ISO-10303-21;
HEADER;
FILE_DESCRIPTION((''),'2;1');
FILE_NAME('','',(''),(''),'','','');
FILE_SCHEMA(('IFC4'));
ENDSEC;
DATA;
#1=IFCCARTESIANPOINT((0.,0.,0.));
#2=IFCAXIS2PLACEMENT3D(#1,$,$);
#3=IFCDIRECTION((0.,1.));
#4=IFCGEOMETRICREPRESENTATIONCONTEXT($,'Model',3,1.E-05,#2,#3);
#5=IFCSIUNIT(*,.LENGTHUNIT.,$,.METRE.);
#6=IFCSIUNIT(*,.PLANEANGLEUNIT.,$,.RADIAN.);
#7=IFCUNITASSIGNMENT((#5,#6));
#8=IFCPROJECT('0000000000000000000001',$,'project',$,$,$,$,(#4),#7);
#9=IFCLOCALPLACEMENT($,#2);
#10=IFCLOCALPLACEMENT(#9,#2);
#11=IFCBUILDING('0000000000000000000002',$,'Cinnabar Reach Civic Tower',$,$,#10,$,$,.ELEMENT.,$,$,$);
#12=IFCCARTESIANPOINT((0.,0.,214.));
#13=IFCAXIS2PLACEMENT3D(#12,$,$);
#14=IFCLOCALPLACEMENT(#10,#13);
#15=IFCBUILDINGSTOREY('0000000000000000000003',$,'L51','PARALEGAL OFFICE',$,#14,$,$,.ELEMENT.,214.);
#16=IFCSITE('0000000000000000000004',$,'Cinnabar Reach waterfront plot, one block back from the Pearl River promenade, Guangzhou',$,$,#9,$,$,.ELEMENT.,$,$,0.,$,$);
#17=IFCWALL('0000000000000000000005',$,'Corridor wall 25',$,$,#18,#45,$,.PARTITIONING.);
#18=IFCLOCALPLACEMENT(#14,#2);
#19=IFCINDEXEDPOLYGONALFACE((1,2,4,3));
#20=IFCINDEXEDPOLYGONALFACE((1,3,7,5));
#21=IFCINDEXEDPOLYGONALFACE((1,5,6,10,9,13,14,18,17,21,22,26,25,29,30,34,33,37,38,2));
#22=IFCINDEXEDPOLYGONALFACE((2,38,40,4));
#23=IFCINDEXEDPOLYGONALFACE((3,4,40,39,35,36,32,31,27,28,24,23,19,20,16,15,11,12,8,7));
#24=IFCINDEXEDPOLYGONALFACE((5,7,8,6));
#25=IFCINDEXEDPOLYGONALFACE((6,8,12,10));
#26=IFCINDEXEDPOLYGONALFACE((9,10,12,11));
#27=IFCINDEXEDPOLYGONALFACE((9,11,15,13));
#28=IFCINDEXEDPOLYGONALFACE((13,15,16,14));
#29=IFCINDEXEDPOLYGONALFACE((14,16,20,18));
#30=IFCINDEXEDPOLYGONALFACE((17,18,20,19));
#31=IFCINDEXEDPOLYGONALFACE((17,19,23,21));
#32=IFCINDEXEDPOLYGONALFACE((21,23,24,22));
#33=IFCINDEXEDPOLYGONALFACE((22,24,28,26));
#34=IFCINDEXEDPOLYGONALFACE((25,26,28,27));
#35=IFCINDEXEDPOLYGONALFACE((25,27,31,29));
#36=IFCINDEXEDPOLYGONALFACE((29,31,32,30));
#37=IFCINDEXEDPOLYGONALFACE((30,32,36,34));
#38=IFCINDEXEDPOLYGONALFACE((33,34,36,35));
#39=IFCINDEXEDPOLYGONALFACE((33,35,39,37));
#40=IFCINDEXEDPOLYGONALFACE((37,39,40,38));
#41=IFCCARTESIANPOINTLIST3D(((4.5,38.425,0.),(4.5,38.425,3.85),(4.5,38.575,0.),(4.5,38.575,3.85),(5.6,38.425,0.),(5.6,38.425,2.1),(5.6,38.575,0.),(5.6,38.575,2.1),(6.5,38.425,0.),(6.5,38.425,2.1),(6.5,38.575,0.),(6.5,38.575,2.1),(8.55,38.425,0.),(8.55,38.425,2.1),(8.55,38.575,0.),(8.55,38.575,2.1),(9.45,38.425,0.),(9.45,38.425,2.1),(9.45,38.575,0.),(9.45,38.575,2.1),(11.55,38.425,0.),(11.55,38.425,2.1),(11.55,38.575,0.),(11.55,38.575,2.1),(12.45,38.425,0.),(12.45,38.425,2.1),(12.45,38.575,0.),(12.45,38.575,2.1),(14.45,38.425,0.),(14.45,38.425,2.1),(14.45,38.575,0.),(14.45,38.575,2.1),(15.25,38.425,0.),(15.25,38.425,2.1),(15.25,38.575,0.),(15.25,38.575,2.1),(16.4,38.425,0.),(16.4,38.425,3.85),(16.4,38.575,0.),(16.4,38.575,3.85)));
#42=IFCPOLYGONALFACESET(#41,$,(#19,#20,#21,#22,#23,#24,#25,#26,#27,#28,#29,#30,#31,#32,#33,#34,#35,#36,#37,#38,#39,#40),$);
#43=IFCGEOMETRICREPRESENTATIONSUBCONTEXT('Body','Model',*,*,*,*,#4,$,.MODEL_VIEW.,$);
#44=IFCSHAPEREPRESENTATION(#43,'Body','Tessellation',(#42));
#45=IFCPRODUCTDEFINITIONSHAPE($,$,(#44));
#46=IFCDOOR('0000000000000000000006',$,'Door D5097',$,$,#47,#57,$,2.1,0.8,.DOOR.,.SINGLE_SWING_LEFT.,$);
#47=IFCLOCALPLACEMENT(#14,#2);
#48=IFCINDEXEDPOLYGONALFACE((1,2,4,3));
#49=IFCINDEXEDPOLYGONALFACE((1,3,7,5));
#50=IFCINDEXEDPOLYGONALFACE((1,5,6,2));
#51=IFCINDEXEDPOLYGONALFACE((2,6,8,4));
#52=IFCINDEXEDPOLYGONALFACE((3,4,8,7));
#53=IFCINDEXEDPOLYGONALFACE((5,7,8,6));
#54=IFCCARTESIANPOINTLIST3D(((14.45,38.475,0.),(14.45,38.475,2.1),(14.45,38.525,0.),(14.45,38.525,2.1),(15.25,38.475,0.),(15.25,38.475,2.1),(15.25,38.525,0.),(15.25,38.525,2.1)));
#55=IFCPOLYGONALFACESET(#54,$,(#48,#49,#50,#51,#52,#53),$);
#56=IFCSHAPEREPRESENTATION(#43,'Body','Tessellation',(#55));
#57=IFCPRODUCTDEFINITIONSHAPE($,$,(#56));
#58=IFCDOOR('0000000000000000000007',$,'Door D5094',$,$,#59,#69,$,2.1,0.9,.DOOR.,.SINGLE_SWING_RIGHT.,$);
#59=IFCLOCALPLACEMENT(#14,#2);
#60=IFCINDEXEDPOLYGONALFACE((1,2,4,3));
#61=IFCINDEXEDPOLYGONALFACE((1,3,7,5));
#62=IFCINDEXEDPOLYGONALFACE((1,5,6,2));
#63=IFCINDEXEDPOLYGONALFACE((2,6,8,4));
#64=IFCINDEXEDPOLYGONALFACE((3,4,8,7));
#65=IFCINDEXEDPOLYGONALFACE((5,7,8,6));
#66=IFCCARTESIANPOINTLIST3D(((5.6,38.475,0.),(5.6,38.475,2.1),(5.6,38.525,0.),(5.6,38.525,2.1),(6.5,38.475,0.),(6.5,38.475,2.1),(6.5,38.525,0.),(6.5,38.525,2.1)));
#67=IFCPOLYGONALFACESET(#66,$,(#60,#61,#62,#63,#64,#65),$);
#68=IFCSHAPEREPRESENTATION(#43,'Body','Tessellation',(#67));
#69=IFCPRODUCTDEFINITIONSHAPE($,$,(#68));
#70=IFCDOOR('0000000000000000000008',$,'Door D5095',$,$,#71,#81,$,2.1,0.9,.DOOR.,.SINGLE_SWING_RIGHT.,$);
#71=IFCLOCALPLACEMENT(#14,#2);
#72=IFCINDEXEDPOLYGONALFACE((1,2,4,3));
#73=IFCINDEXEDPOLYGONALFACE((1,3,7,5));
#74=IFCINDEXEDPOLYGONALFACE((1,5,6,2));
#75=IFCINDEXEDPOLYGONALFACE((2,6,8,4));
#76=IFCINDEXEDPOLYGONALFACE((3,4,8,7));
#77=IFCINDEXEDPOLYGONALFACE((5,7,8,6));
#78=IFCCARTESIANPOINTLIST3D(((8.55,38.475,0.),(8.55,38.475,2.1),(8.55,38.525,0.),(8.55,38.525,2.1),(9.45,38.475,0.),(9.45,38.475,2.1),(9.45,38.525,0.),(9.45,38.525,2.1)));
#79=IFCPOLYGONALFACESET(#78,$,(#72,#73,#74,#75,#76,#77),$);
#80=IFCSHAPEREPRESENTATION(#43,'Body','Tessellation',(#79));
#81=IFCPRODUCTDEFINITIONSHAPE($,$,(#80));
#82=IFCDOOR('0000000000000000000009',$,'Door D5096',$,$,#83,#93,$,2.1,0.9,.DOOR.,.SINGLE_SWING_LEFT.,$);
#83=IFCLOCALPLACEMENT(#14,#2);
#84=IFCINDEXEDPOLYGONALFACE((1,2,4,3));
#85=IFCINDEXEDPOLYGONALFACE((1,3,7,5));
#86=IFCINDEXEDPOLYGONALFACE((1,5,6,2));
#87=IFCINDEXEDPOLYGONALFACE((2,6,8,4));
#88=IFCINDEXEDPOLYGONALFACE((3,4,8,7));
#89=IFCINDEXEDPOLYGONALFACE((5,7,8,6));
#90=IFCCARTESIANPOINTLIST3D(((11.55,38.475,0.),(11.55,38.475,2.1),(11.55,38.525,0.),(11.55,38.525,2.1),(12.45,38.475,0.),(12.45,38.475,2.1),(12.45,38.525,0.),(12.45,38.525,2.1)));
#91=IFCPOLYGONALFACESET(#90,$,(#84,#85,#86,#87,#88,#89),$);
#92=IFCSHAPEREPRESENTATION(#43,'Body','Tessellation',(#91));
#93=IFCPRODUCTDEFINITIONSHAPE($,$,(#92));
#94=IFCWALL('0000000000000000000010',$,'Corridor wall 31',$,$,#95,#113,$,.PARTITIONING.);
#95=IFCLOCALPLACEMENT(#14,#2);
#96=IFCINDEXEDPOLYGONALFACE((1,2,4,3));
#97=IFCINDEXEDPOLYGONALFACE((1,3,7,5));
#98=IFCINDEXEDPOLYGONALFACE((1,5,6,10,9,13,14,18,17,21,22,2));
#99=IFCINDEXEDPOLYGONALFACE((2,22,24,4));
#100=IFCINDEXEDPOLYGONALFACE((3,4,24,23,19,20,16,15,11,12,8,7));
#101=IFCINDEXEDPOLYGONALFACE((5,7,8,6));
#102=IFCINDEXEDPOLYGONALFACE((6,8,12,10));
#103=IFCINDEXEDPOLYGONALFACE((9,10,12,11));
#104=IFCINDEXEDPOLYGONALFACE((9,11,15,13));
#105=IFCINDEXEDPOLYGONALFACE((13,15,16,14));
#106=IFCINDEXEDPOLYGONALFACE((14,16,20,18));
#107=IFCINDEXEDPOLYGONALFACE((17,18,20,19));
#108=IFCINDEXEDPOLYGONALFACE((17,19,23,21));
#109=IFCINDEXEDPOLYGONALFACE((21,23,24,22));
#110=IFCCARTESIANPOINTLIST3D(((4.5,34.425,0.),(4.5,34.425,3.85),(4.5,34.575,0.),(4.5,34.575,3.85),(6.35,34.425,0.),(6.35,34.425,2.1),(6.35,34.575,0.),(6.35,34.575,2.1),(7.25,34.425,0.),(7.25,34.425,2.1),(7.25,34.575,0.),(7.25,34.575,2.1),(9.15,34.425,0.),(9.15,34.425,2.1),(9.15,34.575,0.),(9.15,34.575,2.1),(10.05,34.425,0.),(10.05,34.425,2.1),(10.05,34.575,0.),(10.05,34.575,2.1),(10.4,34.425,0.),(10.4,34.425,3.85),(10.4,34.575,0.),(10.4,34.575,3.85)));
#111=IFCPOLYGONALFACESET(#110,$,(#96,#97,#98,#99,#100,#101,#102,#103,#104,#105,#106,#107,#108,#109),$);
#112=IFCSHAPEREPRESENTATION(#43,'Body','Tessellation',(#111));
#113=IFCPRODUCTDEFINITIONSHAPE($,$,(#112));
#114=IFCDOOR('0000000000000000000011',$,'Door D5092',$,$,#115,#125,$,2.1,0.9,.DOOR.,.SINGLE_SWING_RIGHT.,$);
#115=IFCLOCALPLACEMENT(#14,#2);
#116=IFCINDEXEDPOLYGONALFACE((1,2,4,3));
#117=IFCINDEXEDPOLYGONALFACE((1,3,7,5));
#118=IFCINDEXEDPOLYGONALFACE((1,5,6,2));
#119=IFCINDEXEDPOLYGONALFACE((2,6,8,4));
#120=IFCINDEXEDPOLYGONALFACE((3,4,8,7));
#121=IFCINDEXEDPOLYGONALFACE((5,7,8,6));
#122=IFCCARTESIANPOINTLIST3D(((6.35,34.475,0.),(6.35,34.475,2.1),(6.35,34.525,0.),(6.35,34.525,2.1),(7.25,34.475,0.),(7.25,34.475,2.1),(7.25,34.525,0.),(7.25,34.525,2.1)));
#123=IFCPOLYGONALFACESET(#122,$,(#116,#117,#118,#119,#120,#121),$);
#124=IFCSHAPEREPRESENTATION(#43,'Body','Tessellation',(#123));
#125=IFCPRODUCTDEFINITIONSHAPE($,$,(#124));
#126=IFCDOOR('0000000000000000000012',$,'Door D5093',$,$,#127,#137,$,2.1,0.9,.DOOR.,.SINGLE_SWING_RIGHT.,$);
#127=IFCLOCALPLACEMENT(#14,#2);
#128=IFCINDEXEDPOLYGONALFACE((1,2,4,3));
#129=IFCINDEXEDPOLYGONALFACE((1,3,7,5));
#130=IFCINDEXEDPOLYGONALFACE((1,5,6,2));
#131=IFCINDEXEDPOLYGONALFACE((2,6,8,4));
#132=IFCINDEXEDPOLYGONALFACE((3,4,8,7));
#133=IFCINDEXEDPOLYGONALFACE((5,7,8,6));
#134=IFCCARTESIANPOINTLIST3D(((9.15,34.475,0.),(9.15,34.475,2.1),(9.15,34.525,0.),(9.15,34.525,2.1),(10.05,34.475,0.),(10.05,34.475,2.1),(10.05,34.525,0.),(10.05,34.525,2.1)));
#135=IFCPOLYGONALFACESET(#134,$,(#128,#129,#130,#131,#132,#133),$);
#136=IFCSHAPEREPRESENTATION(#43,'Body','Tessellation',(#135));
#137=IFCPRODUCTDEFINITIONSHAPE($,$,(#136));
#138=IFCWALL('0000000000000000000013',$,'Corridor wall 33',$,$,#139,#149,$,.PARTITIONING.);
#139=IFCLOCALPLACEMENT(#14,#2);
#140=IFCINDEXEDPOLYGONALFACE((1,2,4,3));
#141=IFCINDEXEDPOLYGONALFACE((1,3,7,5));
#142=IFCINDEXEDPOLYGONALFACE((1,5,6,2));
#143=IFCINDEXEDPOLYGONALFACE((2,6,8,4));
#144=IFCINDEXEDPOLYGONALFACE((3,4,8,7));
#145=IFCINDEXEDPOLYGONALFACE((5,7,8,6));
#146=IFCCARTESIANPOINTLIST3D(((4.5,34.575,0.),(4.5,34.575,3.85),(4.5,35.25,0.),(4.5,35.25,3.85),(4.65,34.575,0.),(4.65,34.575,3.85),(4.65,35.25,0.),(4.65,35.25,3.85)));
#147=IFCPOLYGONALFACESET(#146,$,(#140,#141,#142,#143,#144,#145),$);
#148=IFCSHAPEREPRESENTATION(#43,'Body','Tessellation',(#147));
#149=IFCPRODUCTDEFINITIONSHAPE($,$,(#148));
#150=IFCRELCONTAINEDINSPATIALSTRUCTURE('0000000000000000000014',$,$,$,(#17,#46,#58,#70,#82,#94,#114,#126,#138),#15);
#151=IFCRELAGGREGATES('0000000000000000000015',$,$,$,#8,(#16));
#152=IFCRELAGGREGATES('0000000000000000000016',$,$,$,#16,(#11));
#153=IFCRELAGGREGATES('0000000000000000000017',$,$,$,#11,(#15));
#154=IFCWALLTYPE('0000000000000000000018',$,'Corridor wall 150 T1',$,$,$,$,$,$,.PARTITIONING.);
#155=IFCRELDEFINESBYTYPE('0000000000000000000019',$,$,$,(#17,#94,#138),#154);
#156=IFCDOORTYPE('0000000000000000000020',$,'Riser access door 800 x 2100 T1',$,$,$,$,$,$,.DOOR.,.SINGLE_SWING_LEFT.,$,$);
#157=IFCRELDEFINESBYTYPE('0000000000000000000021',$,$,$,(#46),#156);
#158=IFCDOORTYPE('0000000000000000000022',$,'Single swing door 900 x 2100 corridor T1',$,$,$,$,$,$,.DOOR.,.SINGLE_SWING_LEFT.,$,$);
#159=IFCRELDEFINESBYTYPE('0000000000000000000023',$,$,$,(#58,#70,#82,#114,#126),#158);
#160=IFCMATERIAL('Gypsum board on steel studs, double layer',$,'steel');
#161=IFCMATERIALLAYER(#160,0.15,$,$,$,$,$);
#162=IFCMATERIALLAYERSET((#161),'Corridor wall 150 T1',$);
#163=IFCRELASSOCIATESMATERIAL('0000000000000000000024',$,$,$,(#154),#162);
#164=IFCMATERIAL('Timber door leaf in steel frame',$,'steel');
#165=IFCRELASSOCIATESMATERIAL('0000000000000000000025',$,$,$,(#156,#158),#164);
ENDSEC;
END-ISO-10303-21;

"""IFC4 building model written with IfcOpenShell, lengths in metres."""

from ifc_helpers import new_model, si_unit, direction, frame, frame_2d, origin, place, context, subcontext, project, spatial, rectangle, extrude, material, layer, layer_set, type_object, element, fill, save


model = new_model("IFC4")

# Units and contexts
model_context = context("Model", 3, precision=1e-05, world=origin(), true_north=direction((0.0, 1.0)))
body_context = subcontext(model_context, "Body", "Model", "MODEL_VIEW")
ifc_project = project(units=[si_unit("LENGTHUNIT", "METRE"), si_unit("PLANEANGLEUNIT", "RADIAN")], contexts=[model_context])

# Site, building, storey
site_placement = place(None, origin())
site = spatial("IfcSite", under=ifc_project, at=site_placement, Name="Cinnabar Reach waterfront plot, one block back from the Pearl River promenade, Guangzhou", CompositionType="ELEMENT", RefElevation=0.0)
building_placement = place(site_placement, origin())
building = spatial("IfcBuilding", under=site, at=building_placement, Name="Cinnabar Reach Civic Tower", CompositionType="ELEMENT")
storey_placement = place(building_placement, frame((0.0, 0.0, 214.0)))
storey = spatial("IfcBuildingStorey", under=building, at=storey_placement, Name="L51", Description="PARALEGAL OFFICE", CompositionType="ELEMENT", Elevation=214.0)

# Shared definitions
ifc_material_1 = material(Name="Timber door leaf in steel frame", Category="steel")

# Walls, openings, doors
ifc_material_2 = material(Name="Gypsum board on steel studs, double layer", Category="steel")
ifc_layer_1 = layer(ifc_material_2, 0.15)
ifc_layer_set_1 = layer_set([ifc_layer_1], Name="Corridor wall 150 T1")
wall_type_1 = type_object("IfcWallType", Name="Corridor wall 150 T1", PredefinedType="PARTITIONING", material=ifc_layer_set_1)
wall_1_placement = place(storey_placement, frame((4.5, 38.5, 0.0), z_axis=(0.0, 0.0, 1.0), x_axis=(1.0, 0.0, 0.0)))
wall_1 = element("IfcWall", 1, at=wall_1_placement, inside=storey, type_object=wall_type_1, Name="Corridor wall 25", PredefinedType="PARTITIONING", context=body_context, shape_type="SweptSolid", body=[
    extrude(rectangle(XDim=11.9, YDim=0.15, at=frame_2d((5.95, 0.0))), origin(), (0.0, 0.0, 1.0), 3.85),
])
opening_1_placement = place(wall_1_placement, frame((1.1, 0.0, 0.0)))
opening_1 = element("IfcOpeningElement", 2, at=opening_1_placement, cuts=wall_1, PredefinedType="OPENING", context=body_context, shape_type="SweptSolid", body=[
    extrude(rectangle(XDim=0.9, YDim=2.1, at=frame_2d((0.45, 1.05))), frame((0.0, 0.085, 0.0), z_axis=(0.0, -1.0, 0.0), x_axis=(1.0, 0.0, 0.0)), (0.0, 0.0, 1.0), 0.17),
])
opening_2_placement = place(wall_1_placement, frame((4.05, 0.0, 0.0)))
opening_2 = element("IfcOpeningElement", 3, at=opening_2_placement, cuts=wall_1, PredefinedType="OPENING", context=body_context, shape_type="SweptSolid", body=[
    extrude(rectangle(XDim=0.9, YDim=2.1, at=frame_2d((0.45, 1.05))), frame((0.0, 0.085, 0.0), z_axis=(0.0, -1.0, 0.0), x_axis=(1.0, 0.0, 0.0)), (0.0, 0.0, 1.0), 0.17),
])
opening_3_placement = place(wall_1_placement, frame((7.05, 0.0, 0.0)))
opening_3 = element("IfcOpeningElement", 4, at=opening_3_placement, cuts=wall_1, PredefinedType="OPENING", context=body_context, shape_type="SweptSolid", body=[
    extrude(rectangle(XDim=0.9, YDim=2.1, at=frame_2d((0.45, 1.05))), frame((0.0, 0.085, 0.0), z_axis=(0.0, -1.0, 0.0), x_axis=(1.0, 0.0, 0.0)), (0.0, 0.0, 1.0), 0.17),
])
opening_4_placement = place(wall_1_placement, frame((9.95, 0.0, 0.0)))
opening_4 = element("IfcOpeningElement", 5, at=opening_4_placement, cuts=wall_1, PredefinedType="OPENING", context=body_context, shape_type="SweptSolid", body=[
    extrude(rectangle(XDim=0.8, YDim=2.1, at=frame_2d((0.4, 1.05))), frame((0.0, 0.085, 0.0), z_axis=(0.0, -1.0, 0.0), x_axis=(1.0, 0.0, 0.0)), (0.0, 0.0, 1.0), 0.17),
])
door_type_1 = type_object("IfcDoorType", Name="Riser access door 800 x 2100 T1", OperationType="SINGLE_SWING_LEFT", PredefinedType="DOOR", material=ifc_material_1)
door_1_placement = place(opening_4_placement, origin())
door_1 = element("IfcDoor", 6, at=door_1_placement, inside=storey, type_object=door_type_1, Name="Door D5097", OperationType="SINGLE_SWING_LEFT", OverallHeight=2.1, OverallWidth=0.8, PredefinedType="DOOR", context=body_context, shape_type="SweptSolid", body=[
    extrude(rectangle(XDim=0.8, YDim=2.1, at=frame_2d((0.4, 1.05))), frame((0.0, 0.025, 0.0), z_axis=(0.0, -1.0, 0.0), x_axis=(1.0, 0.0, 0.0)), (0.0, 0.0, 1.0), 0.05),
])
fill(opening_4, door_1)
door_type_2 = type_object("IfcDoorType", Name="Single swing door 900 x 2100 corridor T1", OperationType="SINGLE_SWING_LEFT", PredefinedType="DOOR", material=ifc_material_1)
door_2_placement = place(opening_1_placement, origin())
door_2 = element("IfcDoor", 7, at=door_2_placement, inside=storey, type_object=door_type_2, Name="Door D5094", OperationType="SINGLE_SWING_RIGHT", OverallHeight=2.1, OverallWidth=0.9, PredefinedType="DOOR", context=body_context, shape_type="SweptSolid", body=[
    extrude(rectangle(XDim=0.9, YDim=2.1, at=frame_2d((0.45, 1.05))), frame((0.0, 0.025, 0.0), z_axis=(0.0, -1.0, 0.0), x_axis=(1.0, 0.0, 0.0)), (0.0, 0.0, 1.0), 0.05),
])
fill(opening_1, door_2)
door_3_placement = place(opening_2_placement, origin())
door_3 = element("IfcDoor", 8, at=door_3_placement, inside=storey, type_object=door_type_2, Name="Door D5095", OperationType="SINGLE_SWING_RIGHT", OverallHeight=2.1, OverallWidth=0.9, PredefinedType="DOOR", context=body_context, shape_type="SweptSolid", body=[
    extrude(rectangle(XDim=0.9, YDim=2.1, at=frame_2d((0.45, 1.05))), frame((0.0, 0.025, 0.0), z_axis=(0.0, -1.0, 0.0), x_axis=(1.0, 0.0, 0.0)), (0.0, 0.0, 1.0), 0.05),
])
fill(opening_2, door_3)
door_4_placement = place(opening_3_placement, origin())
door_4 = element("IfcDoor", 9, at=door_4_placement, inside=storey, type_object=door_type_2, Name="Door D5096", OperationType="SINGLE_SWING_LEFT", OverallHeight=2.1, OverallWidth=0.9, PredefinedType="DOOR", context=body_context, shape_type="SweptSolid", body=[
    extrude(rectangle(XDim=0.9, YDim=2.1, at=frame_2d((0.45, 1.05))), frame((0.0, 0.025, 0.0), z_axis=(0.0, -1.0, 0.0), x_axis=(1.0, 0.0, 0.0)), (0.0, 0.0, 1.0), 0.05),
])
fill(opening_3, door_4)
wall_2_placement = place(storey_placement, frame((4.5, 34.5, 0.0), z_axis=(0.0, 0.0, 1.0), x_axis=(1.0, 0.0, 0.0)))
wall_2 = element("IfcWall", 10, at=wall_2_placement, inside=storey, type_object=wall_type_1, Name="Corridor wall 31", PredefinedType="PARTITIONING", context=body_context, shape_type="SweptSolid", body=[
    extrude(rectangle(XDim=5.9, YDim=0.15, at=frame_2d((2.95, 0.0))), origin(), (0.0, 0.0, 1.0), 3.85),
])
opening_5_placement = place(wall_2_placement, frame((1.85, 0.0, 0.0)))
opening_5 = element("IfcOpeningElement", 11, at=opening_5_placement, cuts=wall_2, PredefinedType="OPENING", context=body_context, shape_type="SweptSolid", body=[
    extrude(rectangle(XDim=0.9, YDim=2.1, at=frame_2d((0.45, 1.05))), frame((0.0, 0.085, 0.0), z_axis=(0.0, -1.0, 0.0), x_axis=(1.0, 0.0, 0.0)), (0.0, 0.0, 1.0), 0.17),
])
opening_6_placement = place(wall_2_placement, frame((4.65, 0.0, 0.0)))
opening_6 = element("IfcOpeningElement", 12, at=opening_6_placement, cuts=wall_2, PredefinedType="OPENING", context=body_context, shape_type="SweptSolid", body=[
    extrude(rectangle(XDim=0.9, YDim=2.1, at=frame_2d((0.45, 1.05))), frame((0.0, 0.085, 0.0), z_axis=(0.0, -1.0, 0.0), x_axis=(1.0, 0.0, 0.0)), (0.0, 0.0, 1.0), 0.17),
])
door_5_placement = place(opening_5_placement, frame((0.9, 0.0, 0.0), z_axis=(0.0, 0.0, 1.0), x_axis=(-1.0, 0.0, 0.0)))
door_5 = element("IfcDoor", 13, at=door_5_placement, inside=storey, type_object=door_type_2, Name="Door D5092", OperationType="SINGLE_SWING_RIGHT", OverallHeight=2.1, OverallWidth=0.9, PredefinedType="DOOR", context=body_context, shape_type="SweptSolid", body=[
    extrude(rectangle(XDim=0.9, YDim=2.1, at=frame_2d((0.45, 1.05))), frame((0.0, 0.025, 0.0), z_axis=(0.0, -1.0, 0.0), x_axis=(1.0, 0.0, 0.0)), (0.0, 0.0, 1.0), 0.05),
])
fill(opening_5, door_5)
door_6_placement = place(opening_6_placement, frame((0.9, 0.0, 0.0), z_axis=(0.0, 0.0, 1.0), x_axis=(-1.0, 0.0, 0.0)))
door_6 = element("IfcDoor", 14, at=door_6_placement, inside=storey, type_object=door_type_2, Name="Door D5093", OperationType="SINGLE_SWING_RIGHT", OverallHeight=2.1, OverallWidth=0.9, PredefinedType="DOOR", context=body_context, shape_type="SweptSolid", body=[
    extrude(rectangle(XDim=0.9, YDim=2.1, at=frame_2d((0.45, 1.05))), frame((0.0, 0.025, 0.0), z_axis=(0.0, -1.0, 0.0), x_axis=(1.0, 0.0, 0.0)), (0.0, 0.0, 1.0), 0.05),
])
fill(opening_6, door_6)

# Wall
wall_3_placement = place(storey_placement, frame((4.575, 34.575, 0.0), z_axis=(0.0, 0.0, 1.0), x_axis=(0.0, 1.0, 0.0)))
element("IfcWall", 15, at=wall_3_placement, inside=storey, type_object=wall_type_1, Name="Corridor wall 33", PredefinedType="PARTITIONING", context=body_context, shape_type="SweptSolid", body=[
    extrude(rectangle(XDim=0.675, YDim=0.15, at=frame_2d((0.3375, 0.0))), origin(), (0.0, 0.0, 1.0), 3.85),
])

save(model, "model.ifc")
